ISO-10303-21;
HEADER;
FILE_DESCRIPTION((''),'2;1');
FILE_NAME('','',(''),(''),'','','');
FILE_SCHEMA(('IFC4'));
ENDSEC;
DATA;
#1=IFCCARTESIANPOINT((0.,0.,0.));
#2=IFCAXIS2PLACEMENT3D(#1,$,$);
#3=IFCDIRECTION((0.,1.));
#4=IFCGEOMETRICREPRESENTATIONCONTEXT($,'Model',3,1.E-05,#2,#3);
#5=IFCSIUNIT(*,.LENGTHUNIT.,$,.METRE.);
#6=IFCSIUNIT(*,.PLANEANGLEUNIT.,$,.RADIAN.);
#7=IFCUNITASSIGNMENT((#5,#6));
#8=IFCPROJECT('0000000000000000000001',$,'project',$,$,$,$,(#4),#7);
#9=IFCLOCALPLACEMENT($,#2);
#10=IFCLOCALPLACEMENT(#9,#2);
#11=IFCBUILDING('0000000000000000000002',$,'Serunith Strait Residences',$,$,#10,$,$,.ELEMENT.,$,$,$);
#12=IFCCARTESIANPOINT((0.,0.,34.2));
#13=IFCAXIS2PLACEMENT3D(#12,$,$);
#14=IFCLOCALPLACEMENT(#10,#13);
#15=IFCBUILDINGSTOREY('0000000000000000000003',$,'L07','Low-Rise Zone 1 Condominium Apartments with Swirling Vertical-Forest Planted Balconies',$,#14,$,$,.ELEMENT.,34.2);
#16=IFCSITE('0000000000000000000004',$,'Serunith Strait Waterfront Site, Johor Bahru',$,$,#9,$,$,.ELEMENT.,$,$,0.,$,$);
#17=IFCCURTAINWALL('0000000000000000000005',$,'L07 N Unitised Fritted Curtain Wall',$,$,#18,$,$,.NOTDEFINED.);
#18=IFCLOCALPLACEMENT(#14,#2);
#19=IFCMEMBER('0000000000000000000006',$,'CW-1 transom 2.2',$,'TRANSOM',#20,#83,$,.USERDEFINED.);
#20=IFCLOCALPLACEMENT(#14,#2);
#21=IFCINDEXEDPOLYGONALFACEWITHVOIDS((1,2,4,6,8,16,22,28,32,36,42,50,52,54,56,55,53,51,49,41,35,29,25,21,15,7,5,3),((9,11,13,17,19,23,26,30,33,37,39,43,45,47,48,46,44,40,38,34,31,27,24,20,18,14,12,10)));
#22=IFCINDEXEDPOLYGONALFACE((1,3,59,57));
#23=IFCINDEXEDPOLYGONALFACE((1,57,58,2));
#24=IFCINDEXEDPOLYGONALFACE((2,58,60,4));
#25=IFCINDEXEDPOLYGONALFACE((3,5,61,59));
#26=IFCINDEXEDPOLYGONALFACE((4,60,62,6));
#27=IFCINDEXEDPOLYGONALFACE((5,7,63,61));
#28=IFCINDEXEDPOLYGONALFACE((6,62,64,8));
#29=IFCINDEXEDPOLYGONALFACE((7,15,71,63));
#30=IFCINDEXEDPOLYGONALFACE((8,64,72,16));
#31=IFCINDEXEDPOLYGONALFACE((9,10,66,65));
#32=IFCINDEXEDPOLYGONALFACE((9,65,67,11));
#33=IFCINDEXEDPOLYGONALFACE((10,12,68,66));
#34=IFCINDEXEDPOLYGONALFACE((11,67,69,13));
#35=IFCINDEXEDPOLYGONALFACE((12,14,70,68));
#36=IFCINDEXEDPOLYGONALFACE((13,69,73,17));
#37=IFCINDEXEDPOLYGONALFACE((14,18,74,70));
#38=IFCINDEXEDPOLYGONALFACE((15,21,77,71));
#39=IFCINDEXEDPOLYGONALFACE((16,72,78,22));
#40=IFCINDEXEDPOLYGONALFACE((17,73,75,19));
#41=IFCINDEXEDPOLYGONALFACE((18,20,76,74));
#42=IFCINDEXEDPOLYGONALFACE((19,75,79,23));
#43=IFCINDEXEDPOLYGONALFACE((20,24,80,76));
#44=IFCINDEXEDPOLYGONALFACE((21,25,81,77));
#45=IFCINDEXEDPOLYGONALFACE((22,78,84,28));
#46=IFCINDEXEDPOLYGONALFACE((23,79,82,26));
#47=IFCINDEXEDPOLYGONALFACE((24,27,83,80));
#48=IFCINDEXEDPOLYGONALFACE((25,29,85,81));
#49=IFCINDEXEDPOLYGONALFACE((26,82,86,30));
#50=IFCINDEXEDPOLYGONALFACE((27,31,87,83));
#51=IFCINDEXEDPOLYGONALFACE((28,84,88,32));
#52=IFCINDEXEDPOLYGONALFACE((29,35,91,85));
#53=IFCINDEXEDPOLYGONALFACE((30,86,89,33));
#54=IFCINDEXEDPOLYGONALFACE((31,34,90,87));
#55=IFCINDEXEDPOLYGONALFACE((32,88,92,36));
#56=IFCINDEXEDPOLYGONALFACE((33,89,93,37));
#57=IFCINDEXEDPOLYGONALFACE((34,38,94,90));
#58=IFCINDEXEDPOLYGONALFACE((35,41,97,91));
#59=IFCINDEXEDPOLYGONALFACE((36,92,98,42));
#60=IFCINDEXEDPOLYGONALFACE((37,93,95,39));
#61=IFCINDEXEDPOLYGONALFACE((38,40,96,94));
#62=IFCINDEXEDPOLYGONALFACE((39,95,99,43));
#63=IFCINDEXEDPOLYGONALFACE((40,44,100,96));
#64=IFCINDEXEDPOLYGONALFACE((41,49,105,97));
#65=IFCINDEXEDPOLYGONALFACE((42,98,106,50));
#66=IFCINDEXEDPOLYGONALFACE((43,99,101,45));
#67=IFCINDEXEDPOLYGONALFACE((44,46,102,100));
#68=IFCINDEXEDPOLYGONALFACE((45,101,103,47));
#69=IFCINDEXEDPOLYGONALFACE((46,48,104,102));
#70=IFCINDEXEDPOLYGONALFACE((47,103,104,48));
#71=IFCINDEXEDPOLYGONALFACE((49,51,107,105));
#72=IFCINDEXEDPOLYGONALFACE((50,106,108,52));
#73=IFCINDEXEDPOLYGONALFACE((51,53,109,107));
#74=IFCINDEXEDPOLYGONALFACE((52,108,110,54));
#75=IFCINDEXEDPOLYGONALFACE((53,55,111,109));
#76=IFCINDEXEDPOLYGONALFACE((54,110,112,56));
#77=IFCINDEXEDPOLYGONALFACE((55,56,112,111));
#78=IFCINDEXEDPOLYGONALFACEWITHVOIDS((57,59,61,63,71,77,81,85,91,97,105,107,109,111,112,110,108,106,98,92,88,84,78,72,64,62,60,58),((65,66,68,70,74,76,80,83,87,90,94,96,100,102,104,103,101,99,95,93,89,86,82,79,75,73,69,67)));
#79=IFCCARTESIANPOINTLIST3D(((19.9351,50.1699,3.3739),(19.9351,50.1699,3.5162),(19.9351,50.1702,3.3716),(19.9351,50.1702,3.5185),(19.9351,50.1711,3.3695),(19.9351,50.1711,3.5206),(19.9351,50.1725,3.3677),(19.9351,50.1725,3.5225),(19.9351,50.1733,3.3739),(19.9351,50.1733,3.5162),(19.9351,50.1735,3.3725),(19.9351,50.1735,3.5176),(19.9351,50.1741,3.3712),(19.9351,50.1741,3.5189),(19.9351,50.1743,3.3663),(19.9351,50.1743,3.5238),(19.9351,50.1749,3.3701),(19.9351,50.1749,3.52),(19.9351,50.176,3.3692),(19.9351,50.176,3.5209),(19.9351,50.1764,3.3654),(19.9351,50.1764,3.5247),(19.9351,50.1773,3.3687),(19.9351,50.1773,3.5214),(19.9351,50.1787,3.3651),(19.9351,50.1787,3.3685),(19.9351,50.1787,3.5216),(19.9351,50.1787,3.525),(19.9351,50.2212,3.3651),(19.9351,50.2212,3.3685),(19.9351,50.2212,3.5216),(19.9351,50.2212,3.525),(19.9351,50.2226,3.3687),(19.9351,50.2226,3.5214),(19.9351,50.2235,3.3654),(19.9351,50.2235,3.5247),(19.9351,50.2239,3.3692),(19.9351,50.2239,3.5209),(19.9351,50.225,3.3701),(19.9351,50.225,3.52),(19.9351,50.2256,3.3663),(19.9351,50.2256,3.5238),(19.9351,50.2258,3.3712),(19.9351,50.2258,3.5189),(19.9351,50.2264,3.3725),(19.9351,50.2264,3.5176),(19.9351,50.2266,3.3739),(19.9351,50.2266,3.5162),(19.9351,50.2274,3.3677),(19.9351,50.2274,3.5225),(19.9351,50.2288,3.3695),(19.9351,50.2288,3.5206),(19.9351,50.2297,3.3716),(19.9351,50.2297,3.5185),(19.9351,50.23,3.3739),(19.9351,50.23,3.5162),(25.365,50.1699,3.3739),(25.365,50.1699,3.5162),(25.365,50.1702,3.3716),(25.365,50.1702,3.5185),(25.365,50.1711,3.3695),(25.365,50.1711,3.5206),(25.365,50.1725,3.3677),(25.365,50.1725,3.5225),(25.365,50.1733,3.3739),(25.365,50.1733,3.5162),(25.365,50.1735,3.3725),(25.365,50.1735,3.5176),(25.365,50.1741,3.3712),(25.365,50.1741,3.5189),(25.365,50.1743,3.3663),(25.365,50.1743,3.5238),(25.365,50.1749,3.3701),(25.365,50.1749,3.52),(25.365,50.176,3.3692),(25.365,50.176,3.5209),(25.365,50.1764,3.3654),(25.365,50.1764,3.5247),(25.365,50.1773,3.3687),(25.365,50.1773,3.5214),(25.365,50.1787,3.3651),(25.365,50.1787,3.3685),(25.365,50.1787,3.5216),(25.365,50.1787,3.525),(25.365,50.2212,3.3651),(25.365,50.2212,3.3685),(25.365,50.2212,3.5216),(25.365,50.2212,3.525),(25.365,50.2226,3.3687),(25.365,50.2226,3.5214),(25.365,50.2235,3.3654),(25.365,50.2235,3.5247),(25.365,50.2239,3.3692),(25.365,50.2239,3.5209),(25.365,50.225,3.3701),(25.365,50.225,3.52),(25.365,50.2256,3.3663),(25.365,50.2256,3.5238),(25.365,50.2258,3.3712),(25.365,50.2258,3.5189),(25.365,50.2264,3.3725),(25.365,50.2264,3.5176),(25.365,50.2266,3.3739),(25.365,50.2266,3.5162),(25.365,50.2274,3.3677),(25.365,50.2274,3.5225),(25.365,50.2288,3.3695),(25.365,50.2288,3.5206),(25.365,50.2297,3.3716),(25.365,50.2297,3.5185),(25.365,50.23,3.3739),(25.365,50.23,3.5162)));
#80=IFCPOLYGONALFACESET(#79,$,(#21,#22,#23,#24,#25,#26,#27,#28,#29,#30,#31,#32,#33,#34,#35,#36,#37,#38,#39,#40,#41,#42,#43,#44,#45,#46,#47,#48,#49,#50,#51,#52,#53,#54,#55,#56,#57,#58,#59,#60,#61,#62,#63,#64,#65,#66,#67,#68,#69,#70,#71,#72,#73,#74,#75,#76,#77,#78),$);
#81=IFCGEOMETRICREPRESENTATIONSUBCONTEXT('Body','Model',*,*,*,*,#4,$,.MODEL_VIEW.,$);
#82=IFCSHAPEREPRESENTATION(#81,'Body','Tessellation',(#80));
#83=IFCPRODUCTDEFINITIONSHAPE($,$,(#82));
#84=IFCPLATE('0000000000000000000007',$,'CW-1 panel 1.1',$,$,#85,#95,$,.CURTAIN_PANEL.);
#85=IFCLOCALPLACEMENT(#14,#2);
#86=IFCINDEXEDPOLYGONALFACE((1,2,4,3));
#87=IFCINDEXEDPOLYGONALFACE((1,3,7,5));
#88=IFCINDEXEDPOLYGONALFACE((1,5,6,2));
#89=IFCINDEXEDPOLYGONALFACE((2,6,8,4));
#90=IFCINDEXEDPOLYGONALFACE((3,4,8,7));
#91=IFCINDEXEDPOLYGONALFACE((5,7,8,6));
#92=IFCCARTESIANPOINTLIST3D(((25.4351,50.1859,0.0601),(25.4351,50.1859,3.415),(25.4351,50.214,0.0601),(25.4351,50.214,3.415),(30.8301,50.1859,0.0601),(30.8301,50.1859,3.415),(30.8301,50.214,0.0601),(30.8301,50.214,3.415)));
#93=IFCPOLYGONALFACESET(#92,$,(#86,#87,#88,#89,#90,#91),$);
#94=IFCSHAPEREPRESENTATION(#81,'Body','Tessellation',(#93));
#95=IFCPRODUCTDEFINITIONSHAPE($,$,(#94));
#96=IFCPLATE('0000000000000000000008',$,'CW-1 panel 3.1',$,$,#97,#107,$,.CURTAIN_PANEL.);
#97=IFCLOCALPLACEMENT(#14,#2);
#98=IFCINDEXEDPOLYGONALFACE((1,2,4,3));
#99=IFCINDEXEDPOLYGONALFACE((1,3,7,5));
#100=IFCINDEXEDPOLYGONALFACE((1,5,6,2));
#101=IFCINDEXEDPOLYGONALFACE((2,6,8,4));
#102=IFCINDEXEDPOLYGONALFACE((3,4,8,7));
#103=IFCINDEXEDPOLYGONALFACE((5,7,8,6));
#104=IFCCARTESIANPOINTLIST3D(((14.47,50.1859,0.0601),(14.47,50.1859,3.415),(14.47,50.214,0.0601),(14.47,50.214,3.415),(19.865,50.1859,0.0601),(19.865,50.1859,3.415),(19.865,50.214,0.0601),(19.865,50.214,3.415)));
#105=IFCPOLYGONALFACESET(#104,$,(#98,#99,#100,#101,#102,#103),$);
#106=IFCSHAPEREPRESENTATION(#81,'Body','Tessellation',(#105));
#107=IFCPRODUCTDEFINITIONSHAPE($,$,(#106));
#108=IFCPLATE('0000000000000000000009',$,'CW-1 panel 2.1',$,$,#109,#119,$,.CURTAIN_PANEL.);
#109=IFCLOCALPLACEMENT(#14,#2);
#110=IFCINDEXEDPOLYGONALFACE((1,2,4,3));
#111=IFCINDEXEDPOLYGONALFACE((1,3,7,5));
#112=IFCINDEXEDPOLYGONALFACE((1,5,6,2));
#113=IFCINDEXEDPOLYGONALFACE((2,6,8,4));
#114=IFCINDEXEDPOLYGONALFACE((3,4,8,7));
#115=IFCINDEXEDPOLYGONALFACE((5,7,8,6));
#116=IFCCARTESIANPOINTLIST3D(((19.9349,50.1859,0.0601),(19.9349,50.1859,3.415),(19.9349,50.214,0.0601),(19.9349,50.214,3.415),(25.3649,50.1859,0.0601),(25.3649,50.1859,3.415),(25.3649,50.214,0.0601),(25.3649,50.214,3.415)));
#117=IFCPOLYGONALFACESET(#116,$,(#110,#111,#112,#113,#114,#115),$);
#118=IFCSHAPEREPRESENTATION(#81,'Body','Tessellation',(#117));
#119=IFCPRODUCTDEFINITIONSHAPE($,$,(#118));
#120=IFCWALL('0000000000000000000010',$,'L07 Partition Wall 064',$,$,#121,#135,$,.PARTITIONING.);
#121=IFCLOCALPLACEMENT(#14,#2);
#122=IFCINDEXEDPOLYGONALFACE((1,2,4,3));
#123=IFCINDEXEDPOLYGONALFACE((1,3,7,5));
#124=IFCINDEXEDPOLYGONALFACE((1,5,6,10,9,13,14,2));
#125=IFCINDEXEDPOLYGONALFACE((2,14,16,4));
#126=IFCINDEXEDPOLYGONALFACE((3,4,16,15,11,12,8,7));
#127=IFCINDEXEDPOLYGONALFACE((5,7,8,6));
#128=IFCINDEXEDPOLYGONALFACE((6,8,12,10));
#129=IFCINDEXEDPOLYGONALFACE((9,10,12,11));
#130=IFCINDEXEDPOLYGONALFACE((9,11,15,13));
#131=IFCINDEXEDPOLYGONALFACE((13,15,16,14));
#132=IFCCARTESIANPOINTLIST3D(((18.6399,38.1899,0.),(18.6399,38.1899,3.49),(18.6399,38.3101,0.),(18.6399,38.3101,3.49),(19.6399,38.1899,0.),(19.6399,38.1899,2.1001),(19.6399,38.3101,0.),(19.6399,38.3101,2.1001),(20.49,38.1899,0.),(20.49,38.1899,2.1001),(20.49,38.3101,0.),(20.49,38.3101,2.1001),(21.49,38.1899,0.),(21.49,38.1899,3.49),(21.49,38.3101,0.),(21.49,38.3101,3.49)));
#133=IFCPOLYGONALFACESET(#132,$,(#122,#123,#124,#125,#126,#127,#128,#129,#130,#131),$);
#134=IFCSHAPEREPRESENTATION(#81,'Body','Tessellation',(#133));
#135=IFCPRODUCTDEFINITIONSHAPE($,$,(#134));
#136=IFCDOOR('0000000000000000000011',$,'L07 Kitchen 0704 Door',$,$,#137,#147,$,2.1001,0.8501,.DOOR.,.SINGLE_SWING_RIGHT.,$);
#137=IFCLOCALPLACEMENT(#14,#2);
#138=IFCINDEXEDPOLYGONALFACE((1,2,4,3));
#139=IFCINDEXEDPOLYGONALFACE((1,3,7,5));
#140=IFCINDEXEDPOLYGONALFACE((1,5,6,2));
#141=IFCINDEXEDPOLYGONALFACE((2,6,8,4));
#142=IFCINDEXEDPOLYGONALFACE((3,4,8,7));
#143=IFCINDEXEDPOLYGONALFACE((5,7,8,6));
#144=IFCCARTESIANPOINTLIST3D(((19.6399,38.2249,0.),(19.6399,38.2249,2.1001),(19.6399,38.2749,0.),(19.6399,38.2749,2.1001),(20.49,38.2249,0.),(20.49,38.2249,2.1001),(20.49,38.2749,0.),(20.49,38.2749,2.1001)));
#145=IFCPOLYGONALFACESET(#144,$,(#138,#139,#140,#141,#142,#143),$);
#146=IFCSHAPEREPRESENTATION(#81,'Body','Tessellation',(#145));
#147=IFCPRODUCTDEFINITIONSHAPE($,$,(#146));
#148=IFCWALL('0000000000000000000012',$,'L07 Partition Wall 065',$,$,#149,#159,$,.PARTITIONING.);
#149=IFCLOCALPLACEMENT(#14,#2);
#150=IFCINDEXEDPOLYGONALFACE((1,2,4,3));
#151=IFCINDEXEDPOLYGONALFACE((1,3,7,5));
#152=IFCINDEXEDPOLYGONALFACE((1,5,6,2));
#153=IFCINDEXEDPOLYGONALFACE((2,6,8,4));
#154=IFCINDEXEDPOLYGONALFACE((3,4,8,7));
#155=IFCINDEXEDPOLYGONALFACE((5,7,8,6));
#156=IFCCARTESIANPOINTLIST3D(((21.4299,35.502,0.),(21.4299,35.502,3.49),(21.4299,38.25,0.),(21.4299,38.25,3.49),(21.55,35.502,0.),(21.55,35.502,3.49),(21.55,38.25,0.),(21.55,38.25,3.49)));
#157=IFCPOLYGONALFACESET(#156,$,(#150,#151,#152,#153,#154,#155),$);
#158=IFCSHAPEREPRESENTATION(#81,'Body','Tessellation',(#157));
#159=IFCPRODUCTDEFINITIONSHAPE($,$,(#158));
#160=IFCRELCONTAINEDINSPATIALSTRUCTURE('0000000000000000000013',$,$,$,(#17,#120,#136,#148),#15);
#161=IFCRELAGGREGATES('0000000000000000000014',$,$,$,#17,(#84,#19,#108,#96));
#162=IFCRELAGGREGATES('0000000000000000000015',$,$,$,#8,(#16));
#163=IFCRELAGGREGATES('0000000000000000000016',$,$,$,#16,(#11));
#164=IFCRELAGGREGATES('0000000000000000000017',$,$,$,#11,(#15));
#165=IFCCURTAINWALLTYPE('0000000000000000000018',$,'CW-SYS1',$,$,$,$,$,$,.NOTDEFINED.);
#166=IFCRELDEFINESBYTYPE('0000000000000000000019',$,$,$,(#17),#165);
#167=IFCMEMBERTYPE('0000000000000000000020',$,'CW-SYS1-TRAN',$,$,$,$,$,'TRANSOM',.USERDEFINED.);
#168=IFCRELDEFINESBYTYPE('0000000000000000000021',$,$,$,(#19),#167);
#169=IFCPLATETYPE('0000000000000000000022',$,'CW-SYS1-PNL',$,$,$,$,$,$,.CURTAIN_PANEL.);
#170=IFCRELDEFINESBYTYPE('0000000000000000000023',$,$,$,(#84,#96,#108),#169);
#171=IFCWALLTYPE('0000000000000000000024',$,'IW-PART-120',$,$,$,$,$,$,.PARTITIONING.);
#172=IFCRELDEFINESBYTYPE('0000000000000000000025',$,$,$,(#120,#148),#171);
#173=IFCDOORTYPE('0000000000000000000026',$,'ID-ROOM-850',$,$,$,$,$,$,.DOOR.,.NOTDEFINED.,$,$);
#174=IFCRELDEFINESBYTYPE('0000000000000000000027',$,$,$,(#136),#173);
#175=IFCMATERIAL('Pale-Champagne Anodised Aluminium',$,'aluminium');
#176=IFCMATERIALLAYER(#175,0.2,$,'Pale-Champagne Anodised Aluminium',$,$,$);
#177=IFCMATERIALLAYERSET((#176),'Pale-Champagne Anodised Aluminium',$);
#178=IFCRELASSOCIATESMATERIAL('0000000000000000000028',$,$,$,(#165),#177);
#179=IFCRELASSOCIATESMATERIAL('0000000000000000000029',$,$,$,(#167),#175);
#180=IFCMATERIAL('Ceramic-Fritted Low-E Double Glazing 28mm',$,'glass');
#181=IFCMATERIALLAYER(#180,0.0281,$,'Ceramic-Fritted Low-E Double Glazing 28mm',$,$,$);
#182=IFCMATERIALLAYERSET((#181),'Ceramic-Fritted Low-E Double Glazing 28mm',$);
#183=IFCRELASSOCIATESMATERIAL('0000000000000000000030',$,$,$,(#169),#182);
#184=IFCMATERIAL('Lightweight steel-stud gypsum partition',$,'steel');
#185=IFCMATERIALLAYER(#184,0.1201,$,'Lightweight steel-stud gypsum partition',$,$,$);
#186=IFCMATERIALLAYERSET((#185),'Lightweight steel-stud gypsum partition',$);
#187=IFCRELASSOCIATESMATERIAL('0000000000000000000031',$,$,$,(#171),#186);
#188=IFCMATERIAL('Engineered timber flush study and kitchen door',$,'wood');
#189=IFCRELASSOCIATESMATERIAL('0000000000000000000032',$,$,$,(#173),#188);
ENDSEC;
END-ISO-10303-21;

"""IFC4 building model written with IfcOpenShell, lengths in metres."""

from ifc_helpers import new_model, si_unit, direction, frame, frame_2d, origin, origin_2d, place, context, subcontext, project, spatial, rectangle, hollow_rectangle, extrude, source, transform, mapped, material, layer, layer_set, material_profile, profile_set, type_object, element, fill, aggregate, save


model = new_model("IFC4")

# Units and contexts
model_context = context("Model", 3, precision=1e-05, world=origin(), true_north=direction((0.0, 1.0)))
body_context = subcontext(model_context, "Body", "Model", "MODEL_VIEW")
ifc_project = project(units=[si_unit("LENGTHUNIT", "METRE"), si_unit("PLANEANGLEUNIT", "RADIAN")], contexts=[model_context])

# Site, building, storey
site_placement = place(None, origin())
site = spatial("IfcSite", under=ifc_project, at=site_placement, Name="Serunith Strait Waterfront Site, Johor Bahru", CompositionType="ELEMENT", RefElevation=0.0)
building_placement = place(site_placement, origin())
building = spatial("IfcBuilding", under=site, at=building_placement, Name="Serunith Strait Residences", CompositionType="ELEMENT")
storey_placement = place(building_placement, frame((0.0, 0.0, 34.2)))
storey = spatial("IfcBuildingStorey", under=building, at=storey_placement, Name="L07", Description="Low-Rise Zone 1 Condominium Apartments with Swirling Vertical-Forest Planted Balconies", CompositionType="ELEMENT", Elevation=34.2)

# Curtain wall, member, plates
ifc_material_1 = material(Name="Pale-Champagne Anodised Aluminium", Category="aluminium")
ifc_layer_1 = layer(ifc_material_1, 0.2, Name="Pale-Champagne Anodised Aluminium")
ifc_layer_set_1 = layer_set([ifc_layer_1], Name="Pale-Champagne Anodised Aluminium")
curtain_wall_type = type_object("IfcCurtainWallType", Name="CW-SYS1", PredefinedType="NOTDEFINED", material=ifc_layer_set_1)
curtain_wall_placement = place(storey_placement, origin())
curtain_wall = element("IfcCurtainWall", 1, at=curtain_wall_placement, inside=storey, type_object=curtain_wall_type, Name="L07 N Unitised Fritted Curtain Wall", PredefinedType="NOTDEFINED")
ifc_material_profile_1 = material_profile(ifc_material_1, hollow_rectangle(XDim=0.0601, YDim=0.1599, WallThickness=0.0034, InnerFilletRadius=0.0054, OuterFilletRadius=0.0088, at=origin_2d()), Name="ALU 160x60x3.5")
ifc_profile_set_1 = profile_set([ifc_material_profile_1], Name="Pale-Champagne Anodised Aluminium")
member_type_1 = type_object("IfcMemberType", Name="CW-SYS1-TRAN", ElementType="TRANSOM", PredefinedType="USERDEFINED", material=ifc_profile_set_1)
shared_shape_1 = source(origin(), body_context, "Body", "SweptSolid", [
    extrude(hollow_rectangle(XDim=0.0601, YDim=0.1599, WallThickness=0.0034, InnerFilletRadius=0.0054, OuterFilletRadius=0.0088, at=origin_2d()), origin(), (0.0, 0.0, 1.0), 5.4299),
])
member_1_placement = place(storey_placement, frame((25.365, 50.2, 3.4451), z_axis=(-1.0, 0.0, 0.0), x_axis=(0.0, -1.0, 0.0)))
member_1 = element("IfcMember", 2, at=member_1_placement, type_object=member_type_1, Name="CW-1 transom 2.2", ObjectType="TRANSOM", PredefinedType="USERDEFINED", context=body_context, shape_type="MappedRepresentation", body=[
    mapped(shared_shape_1, transform((0.0, 0.0, 0.0), scale=1.0)),
])
ifc_material_2 = material(Name="Ceramic-Fritted Low-E Double Glazing 28mm", Category="glass")
ifc_layer_2 = layer(ifc_material_2, 0.0281, Name="Ceramic-Fritted Low-E Double Glazing 28mm")
ifc_layer_set_2 = layer_set([ifc_layer_2], Name="Ceramic-Fritted Low-E Double Glazing 28mm")
plate_type = type_object("IfcPlateType", Name="CW-SYS1-PNL", PredefinedType="CURTAIN_PANEL", material=ifc_layer_set_2)
shared_shape_2 = source(origin(), body_context, "Body", "SweptSolid", [
    extrude(rectangle(XDim=5.395, YDim=0.0281, at=origin_2d()), origin(), (0.0, 0.0, 1.0), 3.355),
])
plate_1_placement = place(storey_placement, frame((28.1326, 50.2, 0.0601), z_axis=(0.0, 0.0, 1.0), x_axis=(-1.0, 0.0, 0.0)))
plate_1 = element("IfcPlate", 3, at=plate_1_placement, type_object=plate_type, Name="CW-1 panel 1.1", PredefinedType="CURTAIN_PANEL", context=body_context, shape_type="MappedRepresentation", body=[
    mapped(shared_shape_2, transform((0.0, 0.0, 0.0), scale=1.0)),
])
plate_2_placement = place(storey_placement, frame((17.1675, 50.2, 0.0601), z_axis=(0.0, 0.0, 1.0), x_axis=(-1.0, 0.0, 0.0)))
plate_2 = element("IfcPlate", 4, at=plate_2_placement, type_object=plate_type, Name="CW-1 panel 3.1", PredefinedType="CURTAIN_PANEL", context=body_context, shape_type="MappedRepresentation", body=[
    mapped(shared_shape_2, transform((0.0, 0.0, 0.0), scale=1.0)),
])
shared_shape_3 = source(origin(), body_context, "Body", "SweptSolid", [
    extrude(rectangle(XDim=5.4299, YDim=0.0281, at=origin_2d()), origin(), (0.0, 0.0, 1.0), 3.355),
])
plate_3_placement = place(storey_placement, frame((22.6499, 50.2, 0.0601), z_axis=(0.0, 0.0, 1.0), x_axis=(-1.0, 0.0, 0.0)))
plate_3 = element("IfcPlate", 5, at=plate_3_placement, type_object=plate_type, Name="CW-1 panel 2.1", PredefinedType="CURTAIN_PANEL", context=body_context, shape_type="MappedRepresentation", body=[
    mapped(shared_shape_3, transform((0.0, 0.0, 0.0), scale=1.0)),
])
aggregate(curtain_wall, [plate_1, member_1, plate_3, plate_2])

# Wall, opening, door
ifc_material_3 = material(Name="Lightweight steel-stud gypsum partition", Category="steel")
ifc_layer_3 = layer(ifc_material_3, 0.1201, Name="Lightweight steel-stud gypsum partition")
ifc_layer_set_3 = layer_set([ifc_layer_3], Name="Lightweight steel-stud gypsum partition")
wall_type = type_object("IfcWallType", Name="IW-PART-120", PredefinedType="PARTITIONING", material=ifc_layer_set_3)
wall_1_placement = place(storey_placement, frame((18.6399, 38.25, 0.0), z_axis=(0.0, 0.0, 1.0), x_axis=(1.0, 0.0, 0.0)))
wall_1 = element("IfcWall", 6, at=wall_1_placement, inside=storey, type_object=wall_type, Name="L07 Partition Wall 064", PredefinedType="PARTITIONING", context=body_context, shape_type="SweptSolid", body=[
    extrude(rectangle(XDim=2.8501, YDim=0.1201, at=frame_2d((1.425, 0.0))), origin(), (0.0, 0.0, 1.0), 3.49),
])
opening_1_placement = place(wall_1_placement, frame((1.0, 0.0, 0.0)))
opening_1 = element("IfcOpeningElement", 7, at=opening_1_placement, cuts=wall_1, PredefinedType="OPENING", context=body_context, shape_type="SweptSolid", body=[
    extrude(rectangle(XDim=0.8501, YDim=2.1001, at=frame_2d((0.425, 1.05))), frame((0.0, 0.0701, 0.0), z_axis=(0.0, -1.0, 0.0), x_axis=(1.0, 0.0, 0.0)), (0.0, 0.0, 1.0), 0.1401),
])
ifc_material_4 = material(Name="Engineered timber flush study and kitchen door", Category="wood")
door_type_1 = type_object("IfcDoorType", Name="ID-ROOM-850", OperationType="NOTDEFINED", PredefinedType="DOOR", material=ifc_material_4)
shared_shape_4 = source(origin(), body_context, "Body", "SweptSolid", [
    extrude(rectangle(XDim=0.8501, YDim=2.1001, at=frame_2d((0.425, 1.05))), frame((0.0, 0.0249, 0.0), z_axis=(0.0, -1.0, 0.0), x_axis=(1.0, 0.0, 0.0)), (0.0, 0.0, 1.0), 0.05),
])
door_1_placement = place(opening_1_placement, origin())
door_1 = element("IfcDoor", 8, at=door_1_placement, inside=storey, type_object=door_type_1, Name="L07 Kitchen 0704 Door", OperationType="SINGLE_SWING_RIGHT", OverallHeight=2.1001, OverallWidth=0.8501, PredefinedType="DOOR", context=body_context, shape_type="MappedRepresentation", body=[
    mapped(shared_shape_4, transform((0.0, 0.0, 0.0), scale=1.0)),
])
fill(opening_1, door_1)

# Wall
wall_2_placement = place(storey_placement, frame((21.49, 38.25, 0.0), z_axis=(0.0, 0.0, 1.0), x_axis=(0.0, -1.0, 0.0)))
element("IfcWall", 9, at=wall_2_placement, inside=storey, type_object=wall_type, Name="L07 Partition Wall 065", PredefinedType="PARTITIONING", context=body_context, shape_type="SweptSolid", body=[
    extrude(rectangle(XDim=2.748, YDim=0.1201, at=frame_2d((1.374, 0.0))), origin(), (0.0, 0.0, 1.0), 3.49),
])

save(model, "model.ifc")
